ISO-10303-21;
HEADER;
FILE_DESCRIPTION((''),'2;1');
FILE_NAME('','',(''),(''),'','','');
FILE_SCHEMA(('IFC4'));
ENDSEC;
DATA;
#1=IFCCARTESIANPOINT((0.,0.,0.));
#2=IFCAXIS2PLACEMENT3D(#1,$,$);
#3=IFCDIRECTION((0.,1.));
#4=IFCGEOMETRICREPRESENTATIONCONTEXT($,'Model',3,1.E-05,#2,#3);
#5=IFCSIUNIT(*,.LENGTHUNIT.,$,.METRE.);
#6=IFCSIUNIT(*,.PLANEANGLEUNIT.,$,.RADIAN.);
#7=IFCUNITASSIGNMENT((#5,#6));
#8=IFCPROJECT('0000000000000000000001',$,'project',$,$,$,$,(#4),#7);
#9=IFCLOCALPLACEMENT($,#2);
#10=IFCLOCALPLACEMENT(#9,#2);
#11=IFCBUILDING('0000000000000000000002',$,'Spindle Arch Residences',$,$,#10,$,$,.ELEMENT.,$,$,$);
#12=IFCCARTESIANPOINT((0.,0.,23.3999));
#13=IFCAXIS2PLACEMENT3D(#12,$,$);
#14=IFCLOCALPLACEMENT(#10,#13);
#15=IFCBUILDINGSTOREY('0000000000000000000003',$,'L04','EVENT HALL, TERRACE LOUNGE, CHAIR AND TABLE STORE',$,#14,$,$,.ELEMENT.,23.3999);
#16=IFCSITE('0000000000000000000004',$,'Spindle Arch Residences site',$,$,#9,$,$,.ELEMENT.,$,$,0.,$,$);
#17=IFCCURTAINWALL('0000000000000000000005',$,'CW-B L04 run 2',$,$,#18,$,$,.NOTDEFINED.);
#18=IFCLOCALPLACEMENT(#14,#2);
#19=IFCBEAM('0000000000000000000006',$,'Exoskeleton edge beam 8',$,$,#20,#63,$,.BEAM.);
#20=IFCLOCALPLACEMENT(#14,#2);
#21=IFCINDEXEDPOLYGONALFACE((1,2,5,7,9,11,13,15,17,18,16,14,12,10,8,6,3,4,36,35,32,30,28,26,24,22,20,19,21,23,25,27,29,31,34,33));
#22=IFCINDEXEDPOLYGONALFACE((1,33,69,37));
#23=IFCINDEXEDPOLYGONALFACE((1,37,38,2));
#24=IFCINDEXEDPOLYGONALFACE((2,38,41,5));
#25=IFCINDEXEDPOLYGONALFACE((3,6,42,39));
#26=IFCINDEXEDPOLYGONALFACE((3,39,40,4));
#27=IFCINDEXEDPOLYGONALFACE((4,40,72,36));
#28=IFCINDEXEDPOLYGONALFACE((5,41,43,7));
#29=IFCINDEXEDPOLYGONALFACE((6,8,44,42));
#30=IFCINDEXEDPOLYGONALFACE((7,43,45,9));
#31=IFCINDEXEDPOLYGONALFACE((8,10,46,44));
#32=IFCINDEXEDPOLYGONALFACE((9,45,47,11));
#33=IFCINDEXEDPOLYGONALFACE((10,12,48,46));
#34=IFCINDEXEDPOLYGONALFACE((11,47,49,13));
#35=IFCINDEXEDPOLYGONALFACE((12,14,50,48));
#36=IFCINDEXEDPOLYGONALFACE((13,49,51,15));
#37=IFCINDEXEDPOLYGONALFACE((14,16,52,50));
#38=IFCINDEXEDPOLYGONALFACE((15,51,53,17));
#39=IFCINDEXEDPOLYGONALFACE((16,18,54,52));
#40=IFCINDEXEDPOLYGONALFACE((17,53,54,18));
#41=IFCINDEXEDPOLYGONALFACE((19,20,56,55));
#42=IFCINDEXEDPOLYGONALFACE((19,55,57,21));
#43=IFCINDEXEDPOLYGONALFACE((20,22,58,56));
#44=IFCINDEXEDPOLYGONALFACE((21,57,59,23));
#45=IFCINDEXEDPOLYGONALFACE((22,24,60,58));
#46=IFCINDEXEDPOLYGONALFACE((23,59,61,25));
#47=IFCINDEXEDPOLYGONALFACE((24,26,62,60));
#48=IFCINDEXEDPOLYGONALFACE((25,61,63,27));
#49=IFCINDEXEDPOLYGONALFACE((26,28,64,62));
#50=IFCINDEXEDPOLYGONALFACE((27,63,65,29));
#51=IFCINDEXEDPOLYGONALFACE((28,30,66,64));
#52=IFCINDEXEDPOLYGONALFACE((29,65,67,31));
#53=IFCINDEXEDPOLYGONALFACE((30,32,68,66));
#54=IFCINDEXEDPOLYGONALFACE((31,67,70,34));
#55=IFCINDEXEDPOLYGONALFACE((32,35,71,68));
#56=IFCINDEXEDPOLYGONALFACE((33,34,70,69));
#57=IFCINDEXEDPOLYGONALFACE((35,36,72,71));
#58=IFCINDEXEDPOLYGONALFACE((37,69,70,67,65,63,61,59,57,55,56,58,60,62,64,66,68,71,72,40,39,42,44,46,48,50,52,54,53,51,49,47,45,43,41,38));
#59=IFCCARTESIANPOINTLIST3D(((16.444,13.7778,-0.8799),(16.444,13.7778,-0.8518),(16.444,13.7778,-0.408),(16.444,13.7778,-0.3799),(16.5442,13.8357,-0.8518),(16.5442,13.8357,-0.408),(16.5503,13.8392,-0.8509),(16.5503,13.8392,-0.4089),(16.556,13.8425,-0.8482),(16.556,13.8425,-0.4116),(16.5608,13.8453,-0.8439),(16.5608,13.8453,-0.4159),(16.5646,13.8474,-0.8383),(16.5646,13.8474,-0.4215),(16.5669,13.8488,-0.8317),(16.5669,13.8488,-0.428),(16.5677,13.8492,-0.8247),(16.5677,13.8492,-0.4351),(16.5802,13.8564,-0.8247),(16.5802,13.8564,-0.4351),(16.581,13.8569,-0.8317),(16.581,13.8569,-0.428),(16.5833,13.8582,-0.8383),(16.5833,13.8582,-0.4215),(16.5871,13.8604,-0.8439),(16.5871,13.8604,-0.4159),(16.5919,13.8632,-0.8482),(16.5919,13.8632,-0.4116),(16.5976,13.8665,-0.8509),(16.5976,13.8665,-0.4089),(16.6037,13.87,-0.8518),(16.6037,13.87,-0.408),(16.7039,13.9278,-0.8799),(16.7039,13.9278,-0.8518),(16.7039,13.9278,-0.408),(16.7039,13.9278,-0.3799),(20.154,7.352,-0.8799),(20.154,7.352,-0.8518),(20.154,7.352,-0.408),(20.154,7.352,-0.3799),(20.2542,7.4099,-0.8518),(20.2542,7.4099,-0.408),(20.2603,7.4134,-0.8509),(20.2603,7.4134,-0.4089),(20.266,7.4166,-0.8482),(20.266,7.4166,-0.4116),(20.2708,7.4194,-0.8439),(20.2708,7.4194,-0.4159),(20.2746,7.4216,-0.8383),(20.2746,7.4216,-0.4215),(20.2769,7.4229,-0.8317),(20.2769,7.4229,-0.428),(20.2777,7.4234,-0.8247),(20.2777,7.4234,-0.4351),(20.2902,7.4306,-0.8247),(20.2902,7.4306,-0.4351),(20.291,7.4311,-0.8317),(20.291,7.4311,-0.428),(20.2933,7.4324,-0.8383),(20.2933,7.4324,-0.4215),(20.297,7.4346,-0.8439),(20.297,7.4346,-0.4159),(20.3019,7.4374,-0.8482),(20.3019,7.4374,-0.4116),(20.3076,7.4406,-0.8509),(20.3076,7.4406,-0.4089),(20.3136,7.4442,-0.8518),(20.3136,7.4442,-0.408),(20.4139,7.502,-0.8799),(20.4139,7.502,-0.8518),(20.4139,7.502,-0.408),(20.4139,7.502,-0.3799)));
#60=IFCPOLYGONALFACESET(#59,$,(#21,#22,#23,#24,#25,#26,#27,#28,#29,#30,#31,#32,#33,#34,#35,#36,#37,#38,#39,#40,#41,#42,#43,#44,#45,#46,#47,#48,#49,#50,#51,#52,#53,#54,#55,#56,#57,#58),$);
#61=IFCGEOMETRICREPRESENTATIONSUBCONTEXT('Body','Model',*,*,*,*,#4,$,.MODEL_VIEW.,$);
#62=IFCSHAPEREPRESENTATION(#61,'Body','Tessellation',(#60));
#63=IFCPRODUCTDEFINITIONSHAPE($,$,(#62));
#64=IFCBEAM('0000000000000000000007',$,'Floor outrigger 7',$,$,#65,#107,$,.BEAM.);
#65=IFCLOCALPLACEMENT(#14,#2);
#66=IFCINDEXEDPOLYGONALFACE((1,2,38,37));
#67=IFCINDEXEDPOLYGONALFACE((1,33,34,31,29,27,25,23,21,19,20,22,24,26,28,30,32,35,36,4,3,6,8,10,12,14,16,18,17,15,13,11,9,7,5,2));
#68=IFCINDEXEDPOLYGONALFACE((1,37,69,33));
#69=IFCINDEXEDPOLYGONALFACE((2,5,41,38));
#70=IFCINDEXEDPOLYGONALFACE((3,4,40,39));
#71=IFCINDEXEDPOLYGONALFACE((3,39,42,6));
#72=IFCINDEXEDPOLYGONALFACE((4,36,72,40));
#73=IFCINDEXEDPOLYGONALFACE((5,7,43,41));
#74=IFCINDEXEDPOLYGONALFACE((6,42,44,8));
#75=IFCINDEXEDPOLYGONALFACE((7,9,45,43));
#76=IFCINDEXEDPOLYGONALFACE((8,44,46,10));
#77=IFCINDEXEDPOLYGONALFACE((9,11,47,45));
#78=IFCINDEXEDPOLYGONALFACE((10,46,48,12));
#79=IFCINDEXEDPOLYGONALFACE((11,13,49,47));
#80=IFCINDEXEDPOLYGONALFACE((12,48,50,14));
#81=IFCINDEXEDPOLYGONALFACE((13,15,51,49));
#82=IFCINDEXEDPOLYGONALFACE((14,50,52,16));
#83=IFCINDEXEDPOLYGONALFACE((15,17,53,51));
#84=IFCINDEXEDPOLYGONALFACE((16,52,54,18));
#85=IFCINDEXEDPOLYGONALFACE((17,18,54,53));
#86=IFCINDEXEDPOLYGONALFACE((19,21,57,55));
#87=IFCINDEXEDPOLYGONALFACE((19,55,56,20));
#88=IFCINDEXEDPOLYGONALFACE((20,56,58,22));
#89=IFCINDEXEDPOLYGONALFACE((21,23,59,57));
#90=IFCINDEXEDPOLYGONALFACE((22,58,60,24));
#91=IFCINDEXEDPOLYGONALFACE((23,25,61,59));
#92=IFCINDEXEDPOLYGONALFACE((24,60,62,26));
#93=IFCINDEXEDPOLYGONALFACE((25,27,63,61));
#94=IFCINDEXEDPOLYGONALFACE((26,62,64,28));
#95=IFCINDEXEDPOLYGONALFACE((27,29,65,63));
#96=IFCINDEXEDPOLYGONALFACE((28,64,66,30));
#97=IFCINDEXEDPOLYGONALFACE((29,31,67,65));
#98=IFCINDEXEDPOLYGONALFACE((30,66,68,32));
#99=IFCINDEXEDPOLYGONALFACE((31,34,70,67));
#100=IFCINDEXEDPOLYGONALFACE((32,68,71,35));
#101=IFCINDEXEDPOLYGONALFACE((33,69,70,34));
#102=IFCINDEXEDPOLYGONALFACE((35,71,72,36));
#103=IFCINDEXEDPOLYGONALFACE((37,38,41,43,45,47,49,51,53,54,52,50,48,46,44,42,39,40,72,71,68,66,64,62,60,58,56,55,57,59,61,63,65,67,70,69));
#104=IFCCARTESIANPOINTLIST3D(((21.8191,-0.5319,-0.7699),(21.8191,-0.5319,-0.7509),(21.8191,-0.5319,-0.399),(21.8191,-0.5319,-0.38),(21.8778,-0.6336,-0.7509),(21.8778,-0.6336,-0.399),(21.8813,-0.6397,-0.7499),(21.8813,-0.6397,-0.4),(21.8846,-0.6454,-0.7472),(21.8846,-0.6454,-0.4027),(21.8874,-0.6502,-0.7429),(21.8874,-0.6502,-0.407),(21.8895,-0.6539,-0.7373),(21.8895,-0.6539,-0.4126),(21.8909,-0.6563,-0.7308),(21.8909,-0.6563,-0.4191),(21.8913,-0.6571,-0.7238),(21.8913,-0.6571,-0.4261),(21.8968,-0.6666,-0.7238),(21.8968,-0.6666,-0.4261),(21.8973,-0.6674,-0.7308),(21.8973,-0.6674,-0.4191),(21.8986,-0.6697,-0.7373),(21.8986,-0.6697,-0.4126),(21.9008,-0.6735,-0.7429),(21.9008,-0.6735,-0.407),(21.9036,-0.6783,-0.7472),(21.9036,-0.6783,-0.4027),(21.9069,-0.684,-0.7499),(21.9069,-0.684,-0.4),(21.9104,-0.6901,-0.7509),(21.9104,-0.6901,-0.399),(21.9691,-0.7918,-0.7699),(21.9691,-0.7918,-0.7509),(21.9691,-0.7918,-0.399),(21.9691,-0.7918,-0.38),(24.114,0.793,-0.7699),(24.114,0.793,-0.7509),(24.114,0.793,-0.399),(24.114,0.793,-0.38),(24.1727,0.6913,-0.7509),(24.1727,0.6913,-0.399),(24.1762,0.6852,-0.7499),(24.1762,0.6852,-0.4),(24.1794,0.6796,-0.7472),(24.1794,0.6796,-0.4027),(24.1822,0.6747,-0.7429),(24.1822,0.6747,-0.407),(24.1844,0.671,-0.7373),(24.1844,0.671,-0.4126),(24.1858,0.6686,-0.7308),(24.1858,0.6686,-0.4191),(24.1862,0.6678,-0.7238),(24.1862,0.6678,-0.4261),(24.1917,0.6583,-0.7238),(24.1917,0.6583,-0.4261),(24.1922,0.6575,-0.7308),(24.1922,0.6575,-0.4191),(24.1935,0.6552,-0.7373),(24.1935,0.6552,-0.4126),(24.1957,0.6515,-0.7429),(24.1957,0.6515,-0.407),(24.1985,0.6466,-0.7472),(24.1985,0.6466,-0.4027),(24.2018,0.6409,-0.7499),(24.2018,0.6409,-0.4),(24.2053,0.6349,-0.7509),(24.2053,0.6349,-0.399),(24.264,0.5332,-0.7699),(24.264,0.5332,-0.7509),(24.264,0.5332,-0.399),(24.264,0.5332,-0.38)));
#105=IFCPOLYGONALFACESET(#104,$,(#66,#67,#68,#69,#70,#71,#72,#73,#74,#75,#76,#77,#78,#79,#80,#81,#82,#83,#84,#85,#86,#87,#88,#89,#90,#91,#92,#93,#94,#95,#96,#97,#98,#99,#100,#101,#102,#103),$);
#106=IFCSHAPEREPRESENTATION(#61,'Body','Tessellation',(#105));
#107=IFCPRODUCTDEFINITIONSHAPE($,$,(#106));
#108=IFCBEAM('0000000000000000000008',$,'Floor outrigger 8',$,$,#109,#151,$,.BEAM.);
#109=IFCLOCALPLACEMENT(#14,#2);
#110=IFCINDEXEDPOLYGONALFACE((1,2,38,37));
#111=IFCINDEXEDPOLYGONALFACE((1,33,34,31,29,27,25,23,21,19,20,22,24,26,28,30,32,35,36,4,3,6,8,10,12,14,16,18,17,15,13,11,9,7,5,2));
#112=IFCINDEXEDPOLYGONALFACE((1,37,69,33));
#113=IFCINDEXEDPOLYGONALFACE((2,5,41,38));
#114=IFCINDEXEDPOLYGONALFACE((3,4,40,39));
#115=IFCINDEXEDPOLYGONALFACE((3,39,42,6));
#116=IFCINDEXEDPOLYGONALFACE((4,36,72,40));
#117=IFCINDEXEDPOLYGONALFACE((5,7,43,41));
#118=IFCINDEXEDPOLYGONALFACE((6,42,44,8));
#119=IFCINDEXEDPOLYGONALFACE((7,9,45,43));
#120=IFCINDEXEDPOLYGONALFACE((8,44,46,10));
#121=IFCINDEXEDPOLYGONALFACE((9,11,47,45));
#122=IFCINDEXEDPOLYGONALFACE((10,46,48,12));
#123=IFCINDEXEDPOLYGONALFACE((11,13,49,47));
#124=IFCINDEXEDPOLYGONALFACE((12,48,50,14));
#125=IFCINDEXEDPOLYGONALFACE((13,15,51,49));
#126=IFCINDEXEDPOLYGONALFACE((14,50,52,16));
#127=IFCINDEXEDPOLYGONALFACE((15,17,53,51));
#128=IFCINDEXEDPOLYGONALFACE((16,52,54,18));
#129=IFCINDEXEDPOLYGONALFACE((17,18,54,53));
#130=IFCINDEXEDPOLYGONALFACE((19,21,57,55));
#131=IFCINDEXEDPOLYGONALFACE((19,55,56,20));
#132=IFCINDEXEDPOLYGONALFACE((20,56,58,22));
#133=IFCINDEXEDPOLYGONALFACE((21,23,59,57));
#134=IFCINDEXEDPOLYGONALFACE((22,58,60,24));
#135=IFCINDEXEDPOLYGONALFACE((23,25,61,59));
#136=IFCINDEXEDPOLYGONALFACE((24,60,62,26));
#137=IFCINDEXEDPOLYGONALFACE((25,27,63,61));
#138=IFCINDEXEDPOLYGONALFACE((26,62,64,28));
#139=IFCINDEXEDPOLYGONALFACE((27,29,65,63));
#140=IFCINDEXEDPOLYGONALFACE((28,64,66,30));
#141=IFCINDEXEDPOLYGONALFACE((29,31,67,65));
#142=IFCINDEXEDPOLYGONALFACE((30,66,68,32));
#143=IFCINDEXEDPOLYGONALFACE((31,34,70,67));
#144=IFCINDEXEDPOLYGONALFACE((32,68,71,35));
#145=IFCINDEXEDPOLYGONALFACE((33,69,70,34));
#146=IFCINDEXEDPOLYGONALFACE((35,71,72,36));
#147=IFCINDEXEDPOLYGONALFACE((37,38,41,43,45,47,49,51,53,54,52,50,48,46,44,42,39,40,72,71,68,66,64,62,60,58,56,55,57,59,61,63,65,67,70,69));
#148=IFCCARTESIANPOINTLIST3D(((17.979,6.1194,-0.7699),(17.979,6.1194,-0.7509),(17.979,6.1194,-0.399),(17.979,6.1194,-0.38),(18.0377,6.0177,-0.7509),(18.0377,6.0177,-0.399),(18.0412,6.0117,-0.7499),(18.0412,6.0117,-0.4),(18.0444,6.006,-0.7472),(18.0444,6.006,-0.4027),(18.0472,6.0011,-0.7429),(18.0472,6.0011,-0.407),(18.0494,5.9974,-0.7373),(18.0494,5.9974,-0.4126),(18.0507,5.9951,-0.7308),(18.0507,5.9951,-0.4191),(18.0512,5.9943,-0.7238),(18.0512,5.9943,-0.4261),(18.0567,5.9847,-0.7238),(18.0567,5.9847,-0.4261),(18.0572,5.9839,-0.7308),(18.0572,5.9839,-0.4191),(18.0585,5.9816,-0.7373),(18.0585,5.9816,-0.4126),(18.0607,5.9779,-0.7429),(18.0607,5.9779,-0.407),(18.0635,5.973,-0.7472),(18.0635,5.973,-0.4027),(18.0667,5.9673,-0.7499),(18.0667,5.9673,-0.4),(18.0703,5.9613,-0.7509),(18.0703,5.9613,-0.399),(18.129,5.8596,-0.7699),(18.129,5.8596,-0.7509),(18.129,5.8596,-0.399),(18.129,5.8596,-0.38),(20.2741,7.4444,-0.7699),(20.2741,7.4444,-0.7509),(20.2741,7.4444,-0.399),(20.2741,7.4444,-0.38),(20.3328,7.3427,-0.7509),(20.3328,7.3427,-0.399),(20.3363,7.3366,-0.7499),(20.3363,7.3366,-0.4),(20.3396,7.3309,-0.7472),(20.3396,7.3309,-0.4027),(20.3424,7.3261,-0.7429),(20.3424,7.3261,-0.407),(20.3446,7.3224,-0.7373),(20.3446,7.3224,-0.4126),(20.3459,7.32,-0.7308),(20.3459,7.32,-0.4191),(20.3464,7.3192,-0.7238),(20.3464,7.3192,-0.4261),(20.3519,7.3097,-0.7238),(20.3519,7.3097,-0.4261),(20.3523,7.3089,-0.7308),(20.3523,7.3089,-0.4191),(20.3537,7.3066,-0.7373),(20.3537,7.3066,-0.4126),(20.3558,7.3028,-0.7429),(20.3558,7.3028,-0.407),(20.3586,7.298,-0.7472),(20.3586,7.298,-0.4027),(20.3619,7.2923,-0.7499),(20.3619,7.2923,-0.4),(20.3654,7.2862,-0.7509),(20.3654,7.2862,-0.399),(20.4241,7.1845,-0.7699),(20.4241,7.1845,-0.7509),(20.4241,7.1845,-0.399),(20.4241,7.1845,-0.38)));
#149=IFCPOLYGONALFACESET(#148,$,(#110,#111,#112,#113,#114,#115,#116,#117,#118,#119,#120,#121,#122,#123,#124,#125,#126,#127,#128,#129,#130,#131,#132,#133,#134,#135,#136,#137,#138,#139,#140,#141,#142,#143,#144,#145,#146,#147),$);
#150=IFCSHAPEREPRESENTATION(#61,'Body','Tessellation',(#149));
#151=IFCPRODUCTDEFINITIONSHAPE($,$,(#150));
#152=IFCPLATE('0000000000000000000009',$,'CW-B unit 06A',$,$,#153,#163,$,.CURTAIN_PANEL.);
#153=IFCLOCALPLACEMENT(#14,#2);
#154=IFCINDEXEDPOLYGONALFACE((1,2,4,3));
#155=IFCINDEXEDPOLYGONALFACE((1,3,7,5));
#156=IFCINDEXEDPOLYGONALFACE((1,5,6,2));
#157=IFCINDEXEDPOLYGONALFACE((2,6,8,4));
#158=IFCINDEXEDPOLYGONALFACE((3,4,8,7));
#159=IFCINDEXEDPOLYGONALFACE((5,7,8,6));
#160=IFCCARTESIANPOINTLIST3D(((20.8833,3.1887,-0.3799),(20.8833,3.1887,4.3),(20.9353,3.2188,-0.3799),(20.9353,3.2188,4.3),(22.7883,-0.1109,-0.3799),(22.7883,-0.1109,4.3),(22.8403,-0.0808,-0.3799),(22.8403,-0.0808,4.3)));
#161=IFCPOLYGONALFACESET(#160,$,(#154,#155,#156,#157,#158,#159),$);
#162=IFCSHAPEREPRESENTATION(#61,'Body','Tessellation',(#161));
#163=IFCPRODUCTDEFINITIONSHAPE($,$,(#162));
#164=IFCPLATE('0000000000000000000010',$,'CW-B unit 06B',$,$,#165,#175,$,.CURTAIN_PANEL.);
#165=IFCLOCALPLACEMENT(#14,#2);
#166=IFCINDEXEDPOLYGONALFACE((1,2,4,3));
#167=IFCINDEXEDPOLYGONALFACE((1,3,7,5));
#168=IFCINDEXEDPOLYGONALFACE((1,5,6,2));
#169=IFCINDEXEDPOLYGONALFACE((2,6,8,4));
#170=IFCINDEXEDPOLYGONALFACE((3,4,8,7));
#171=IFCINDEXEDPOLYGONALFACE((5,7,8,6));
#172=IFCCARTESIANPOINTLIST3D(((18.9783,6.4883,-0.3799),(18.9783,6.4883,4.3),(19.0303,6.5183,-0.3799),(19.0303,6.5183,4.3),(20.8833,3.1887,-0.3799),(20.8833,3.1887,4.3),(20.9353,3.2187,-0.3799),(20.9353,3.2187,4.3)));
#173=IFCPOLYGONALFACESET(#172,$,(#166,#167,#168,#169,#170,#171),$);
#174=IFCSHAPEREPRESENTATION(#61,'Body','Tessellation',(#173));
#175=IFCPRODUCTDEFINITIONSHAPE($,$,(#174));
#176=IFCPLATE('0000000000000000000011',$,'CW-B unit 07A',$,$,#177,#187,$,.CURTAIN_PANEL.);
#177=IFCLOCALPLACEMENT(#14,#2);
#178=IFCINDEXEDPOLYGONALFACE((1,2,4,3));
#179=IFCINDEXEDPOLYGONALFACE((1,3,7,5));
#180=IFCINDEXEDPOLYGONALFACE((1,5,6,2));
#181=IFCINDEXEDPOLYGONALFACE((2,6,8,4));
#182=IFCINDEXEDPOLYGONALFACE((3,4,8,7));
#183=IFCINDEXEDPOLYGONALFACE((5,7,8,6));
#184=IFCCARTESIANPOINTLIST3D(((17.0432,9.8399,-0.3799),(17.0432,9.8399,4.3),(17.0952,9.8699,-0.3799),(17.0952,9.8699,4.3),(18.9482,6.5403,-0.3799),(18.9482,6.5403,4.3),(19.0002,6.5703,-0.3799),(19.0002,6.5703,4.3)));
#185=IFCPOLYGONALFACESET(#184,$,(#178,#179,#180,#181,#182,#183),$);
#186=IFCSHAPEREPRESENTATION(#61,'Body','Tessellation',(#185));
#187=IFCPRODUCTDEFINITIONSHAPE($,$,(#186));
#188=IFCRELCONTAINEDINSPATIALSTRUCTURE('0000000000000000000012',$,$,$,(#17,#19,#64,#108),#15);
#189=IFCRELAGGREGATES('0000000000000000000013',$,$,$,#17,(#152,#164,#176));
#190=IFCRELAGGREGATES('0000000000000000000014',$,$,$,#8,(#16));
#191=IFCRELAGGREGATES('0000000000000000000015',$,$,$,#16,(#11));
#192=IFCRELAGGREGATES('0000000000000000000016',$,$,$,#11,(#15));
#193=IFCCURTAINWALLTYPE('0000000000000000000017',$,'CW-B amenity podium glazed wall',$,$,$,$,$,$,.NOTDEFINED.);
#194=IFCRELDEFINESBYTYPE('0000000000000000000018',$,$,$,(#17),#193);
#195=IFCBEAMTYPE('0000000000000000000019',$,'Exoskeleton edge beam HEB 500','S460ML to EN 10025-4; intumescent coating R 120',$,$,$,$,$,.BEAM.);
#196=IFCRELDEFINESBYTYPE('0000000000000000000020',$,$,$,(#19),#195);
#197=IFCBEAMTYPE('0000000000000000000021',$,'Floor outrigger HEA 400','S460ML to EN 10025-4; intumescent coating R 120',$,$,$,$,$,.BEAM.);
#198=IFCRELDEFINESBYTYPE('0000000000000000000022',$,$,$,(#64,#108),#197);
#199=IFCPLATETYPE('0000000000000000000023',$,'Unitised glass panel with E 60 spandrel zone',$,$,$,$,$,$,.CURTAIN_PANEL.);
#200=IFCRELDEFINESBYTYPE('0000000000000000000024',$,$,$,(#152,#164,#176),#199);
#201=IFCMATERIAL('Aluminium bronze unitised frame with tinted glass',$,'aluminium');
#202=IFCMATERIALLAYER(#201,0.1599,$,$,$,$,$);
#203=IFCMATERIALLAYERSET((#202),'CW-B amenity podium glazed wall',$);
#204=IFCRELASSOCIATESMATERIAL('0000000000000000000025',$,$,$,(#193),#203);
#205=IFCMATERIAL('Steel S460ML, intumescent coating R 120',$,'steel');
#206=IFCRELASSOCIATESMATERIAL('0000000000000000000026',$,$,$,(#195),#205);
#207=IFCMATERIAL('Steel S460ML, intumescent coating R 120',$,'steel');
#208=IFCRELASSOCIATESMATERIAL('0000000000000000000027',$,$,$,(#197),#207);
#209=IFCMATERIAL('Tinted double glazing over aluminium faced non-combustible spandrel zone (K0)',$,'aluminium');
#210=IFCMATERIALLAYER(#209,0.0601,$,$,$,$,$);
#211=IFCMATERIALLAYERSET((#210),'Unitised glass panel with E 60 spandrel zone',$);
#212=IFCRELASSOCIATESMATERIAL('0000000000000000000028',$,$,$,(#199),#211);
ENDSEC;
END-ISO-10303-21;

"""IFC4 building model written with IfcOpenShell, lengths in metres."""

from ifc_helpers import new_model, si_unit, direction, frame, origin, origin_2d, place, context, subcontext, project, spatial, rectangle, i_section, extrude, material, layer, layer_set, material_profile, profile_set, type_object, element, aggregate, save


model = new_model("IFC4")

# Units and contexts
model_context = context("Model", 3, precision=1e-05, world=origin(), true_north=direction((0.0, 1.0)))
body_context = subcontext(model_context, "Body", "Model", "MODEL_VIEW")
ifc_project = project(units=[si_unit("LENGTHUNIT", "METRE"), si_unit("PLANEANGLEUNIT", "RADIAN")], contexts=[model_context])

# Site, building, storey
site_placement = place(None, origin())
site = spatial("IfcSite", under=ifc_project, at=site_placement, Name="Spindle Arch Residences site", CompositionType="ELEMENT", RefElevation=0.0)
building_placement = place(site_placement, origin())
building = spatial("IfcBuilding", under=site, at=building_placement, Name="Spindle Arch Residences", CompositionType="ELEMENT")
storey_placement = place(building_placement, frame((0.0, 0.0, 23.3999)))
storey = spatial("IfcBuildingStorey", under=building, at=storey_placement, Name="L04", Description="EVENT HALL, TERRACE LOUNGE, CHAIR AND TABLE STORE", CompositionType="ELEMENT", Elevation=23.3999)

# Curtain wall
ifc_material_1 = material(Name="Aluminium bronze unitised frame with tinted glass", Category="aluminium")
ifc_layer_1 = layer(ifc_material_1, 0.1599)
ifc_layer_set_1 = layer_set([ifc_layer_1], Name="CW-B amenity podium glazed wall")
curtain_wall_type = type_object("IfcCurtainWallType", Name="CW-B amenity podium glazed wall", PredefinedType="NOTDEFINED", material=ifc_layer_set_1)
curtain_wall_placement = place(storey_placement, origin())
curtain_wall = element("IfcCurtainWall", 1, at=curtain_wall_placement, inside=storey, type_object=curtain_wall_type, Name="CW-B L04 run 2", PredefinedType="NOTDEFINED")

# Beams
ifc_material_2 = material(Name="Steel S460ML, intumescent coating R 120", Category="steel")
ifc_material_profile_1 = material_profile(ifc_material_2, i_section(OverallWidth=0.3, OverallDepth=0.5, WebThickness=0.0144, FlangeThickness=0.0281, FilletRadius=0.0271, at=origin_2d()), Name="HEB 500")
ifc_profile_set_1 = profile_set([ifc_material_profile_1], Name="Steel S460ML, intumescent coating R 120")
beam_type_1 = type_object("IfcBeamType", Name="Exoskeleton edge beam HEB 500", Description="S460ML to EN 10025-4; intumescent coating R 120", PredefinedType="BEAM", material=ifc_profile_set_1)
beam_1_placement = place(storey_placement, frame((20.2839, 7.427, -0.6299), z_axis=(-0.500003, 0.866023, 0.0), x_axis=(-0.866023, -0.500003, 0.0)))
element("IfcBeam", 2, at=beam_1_placement, inside=storey, type_object=beam_type_1, Name="Exoskeleton edge beam 8", PredefinedType="BEAM", context=body_context, shape_type="SweptSolid", body=[
    extrude(i_section(OverallWidth=0.3, OverallDepth=0.5, WebThickness=0.0144, FlangeThickness=0.0281, FilletRadius=0.0271, at=origin_2d()), origin(), (0.0, 0.0, 1.0), 7.4199),
])
ifc_material_3 = material(Name="Steel S460ML, intumescent coating R 120", Category="steel")
ifc_material_profile_2 = material_profile(ifc_material_3, i_section(OverallWidth=0.3, OverallDepth=0.3899, WebThickness=0.011, FlangeThickness=0.019, FilletRadius=0.0271, at=origin_2d()), Name="HEA 400")
ifc_profile_set_2 = profile_set([ifc_material_profile_2], Name="Steel S460ML, intumescent coating R 120")
beam_type_2 = type_object("IfcBeamType", Name="Floor outrigger HEA 400", Description="S460ML to EN 10025-4; intumescent coating R 120", PredefinedType="BEAM", material=ifc_profile_set_2)
beam_2_placement = place(storey_placement, frame((24.189, 0.6631, -0.575), z_axis=(-0.866029, -0.499994, 0.0), x_axis=(0.499994, -0.866029, 0.0)))
element("IfcBeam", 3, at=beam_2_placement, inside=storey, type_object=beam_type_2, Name="Floor outrigger 7", PredefinedType="BEAM", context=body_context, shape_type="SweptSolid", body=[
    extrude(i_section(OverallWidth=0.3, OverallDepth=0.3899, WebThickness=0.011, FlangeThickness=0.019, FilletRadius=0.0271, at=origin_2d()), origin(), (0.0, 0.0, 1.0), 2.6499),
])
beam_3_placement = place(storey_placement, frame((20.3491, 7.3145, -0.575), z_axis=(-0.866052, -0.499954, 0.0), x_axis=(0.499954, -0.866052, 0.0)))
element("IfcBeam", 4, at=beam_3_placement, inside=storey, type_object=beam_type_2, Name="Floor outrigger 8", PredefinedType="BEAM", context=body_context, shape_type="SweptSolid", body=[
    extrude(i_section(OverallWidth=0.3, OverallDepth=0.3899, WebThickness=0.011, FlangeThickness=0.019, FilletRadius=0.0271, at=origin_2d()), origin(), (0.0, 0.0, 1.0), 2.6501),
])

# Plates
ifc_material_4 = material(Name="Tinted double glazing over aluminium faced non-combustible spandrel zone (K0)", Category="aluminium")
ifc_layer_2 = layer(ifc_material_4, 0.0601)
ifc_layer_set_2 = layer_set([ifc_layer_2], Name="Unitised glass panel with E 60 spandrel zone")
plate_type = type_object("IfcPlateType", Name="Unitised glass panel with E 60 spandrel zone", PredefinedType="CURTAIN_PANEL", material=ifc_layer_set_2)
plate_1_placement = place(storey_placement, frame((21.8618, 1.554, -0.3799), z_axis=(0.0, 0.0, 1.0), x_axis=(-0.5, 0.866025, 0.0)))
plate_1 = element("IfcPlate", 5, at=plate_1_placement, type_object=plate_type, Name="CW-B unit 06A", PredefinedType="CURTAIN_PANEL", context=body_context, shape_type="SweptSolid", body=[
    extrude(rectangle(XDim=3.8101, YDim=0.0601, at=origin_2d()), origin(), (0.0, 0.0, 1.0), 4.6799),
])
plate_2_placement = place(storey_placement, frame((19.9568, 4.8535, -0.3799), z_axis=(0.0, 0.0, 1.0), x_axis=(-0.5, 0.866025, 0.0)))
plate_2 = element("IfcPlate", 6, at=plate_2_placement, type_object=plate_type, Name="CW-B unit 06B", PredefinedType="CURTAIN_PANEL", context=body_context, shape_type="SweptSolid", body=[
    extrude(rectangle(XDim=3.8101, YDim=0.0601, at=origin_2d()), origin(), (0.0, 0.0, 1.0), 4.6799),
])
plate_3_placement = place(storey_placement, frame((18.0217, 8.2051, -0.3799), z_axis=(0.0, 0.0, 1.0), x_axis=(-0.5, 0.866025, 0.0)))
plate_3 = element("IfcPlate", 7, at=plate_3_placement, type_object=plate_type, Name="CW-B unit 07A", PredefinedType="CURTAIN_PANEL", context=body_context, shape_type="SweptSolid", body=[
    extrude(rectangle(XDim=3.8101, YDim=0.0601, at=origin_2d()), origin(), (0.0, 0.0, 1.0), 4.6799),
])
aggregate(curtain_wall, [plate_1, plate_2, plate_3])

save(model, "model.ifc")
